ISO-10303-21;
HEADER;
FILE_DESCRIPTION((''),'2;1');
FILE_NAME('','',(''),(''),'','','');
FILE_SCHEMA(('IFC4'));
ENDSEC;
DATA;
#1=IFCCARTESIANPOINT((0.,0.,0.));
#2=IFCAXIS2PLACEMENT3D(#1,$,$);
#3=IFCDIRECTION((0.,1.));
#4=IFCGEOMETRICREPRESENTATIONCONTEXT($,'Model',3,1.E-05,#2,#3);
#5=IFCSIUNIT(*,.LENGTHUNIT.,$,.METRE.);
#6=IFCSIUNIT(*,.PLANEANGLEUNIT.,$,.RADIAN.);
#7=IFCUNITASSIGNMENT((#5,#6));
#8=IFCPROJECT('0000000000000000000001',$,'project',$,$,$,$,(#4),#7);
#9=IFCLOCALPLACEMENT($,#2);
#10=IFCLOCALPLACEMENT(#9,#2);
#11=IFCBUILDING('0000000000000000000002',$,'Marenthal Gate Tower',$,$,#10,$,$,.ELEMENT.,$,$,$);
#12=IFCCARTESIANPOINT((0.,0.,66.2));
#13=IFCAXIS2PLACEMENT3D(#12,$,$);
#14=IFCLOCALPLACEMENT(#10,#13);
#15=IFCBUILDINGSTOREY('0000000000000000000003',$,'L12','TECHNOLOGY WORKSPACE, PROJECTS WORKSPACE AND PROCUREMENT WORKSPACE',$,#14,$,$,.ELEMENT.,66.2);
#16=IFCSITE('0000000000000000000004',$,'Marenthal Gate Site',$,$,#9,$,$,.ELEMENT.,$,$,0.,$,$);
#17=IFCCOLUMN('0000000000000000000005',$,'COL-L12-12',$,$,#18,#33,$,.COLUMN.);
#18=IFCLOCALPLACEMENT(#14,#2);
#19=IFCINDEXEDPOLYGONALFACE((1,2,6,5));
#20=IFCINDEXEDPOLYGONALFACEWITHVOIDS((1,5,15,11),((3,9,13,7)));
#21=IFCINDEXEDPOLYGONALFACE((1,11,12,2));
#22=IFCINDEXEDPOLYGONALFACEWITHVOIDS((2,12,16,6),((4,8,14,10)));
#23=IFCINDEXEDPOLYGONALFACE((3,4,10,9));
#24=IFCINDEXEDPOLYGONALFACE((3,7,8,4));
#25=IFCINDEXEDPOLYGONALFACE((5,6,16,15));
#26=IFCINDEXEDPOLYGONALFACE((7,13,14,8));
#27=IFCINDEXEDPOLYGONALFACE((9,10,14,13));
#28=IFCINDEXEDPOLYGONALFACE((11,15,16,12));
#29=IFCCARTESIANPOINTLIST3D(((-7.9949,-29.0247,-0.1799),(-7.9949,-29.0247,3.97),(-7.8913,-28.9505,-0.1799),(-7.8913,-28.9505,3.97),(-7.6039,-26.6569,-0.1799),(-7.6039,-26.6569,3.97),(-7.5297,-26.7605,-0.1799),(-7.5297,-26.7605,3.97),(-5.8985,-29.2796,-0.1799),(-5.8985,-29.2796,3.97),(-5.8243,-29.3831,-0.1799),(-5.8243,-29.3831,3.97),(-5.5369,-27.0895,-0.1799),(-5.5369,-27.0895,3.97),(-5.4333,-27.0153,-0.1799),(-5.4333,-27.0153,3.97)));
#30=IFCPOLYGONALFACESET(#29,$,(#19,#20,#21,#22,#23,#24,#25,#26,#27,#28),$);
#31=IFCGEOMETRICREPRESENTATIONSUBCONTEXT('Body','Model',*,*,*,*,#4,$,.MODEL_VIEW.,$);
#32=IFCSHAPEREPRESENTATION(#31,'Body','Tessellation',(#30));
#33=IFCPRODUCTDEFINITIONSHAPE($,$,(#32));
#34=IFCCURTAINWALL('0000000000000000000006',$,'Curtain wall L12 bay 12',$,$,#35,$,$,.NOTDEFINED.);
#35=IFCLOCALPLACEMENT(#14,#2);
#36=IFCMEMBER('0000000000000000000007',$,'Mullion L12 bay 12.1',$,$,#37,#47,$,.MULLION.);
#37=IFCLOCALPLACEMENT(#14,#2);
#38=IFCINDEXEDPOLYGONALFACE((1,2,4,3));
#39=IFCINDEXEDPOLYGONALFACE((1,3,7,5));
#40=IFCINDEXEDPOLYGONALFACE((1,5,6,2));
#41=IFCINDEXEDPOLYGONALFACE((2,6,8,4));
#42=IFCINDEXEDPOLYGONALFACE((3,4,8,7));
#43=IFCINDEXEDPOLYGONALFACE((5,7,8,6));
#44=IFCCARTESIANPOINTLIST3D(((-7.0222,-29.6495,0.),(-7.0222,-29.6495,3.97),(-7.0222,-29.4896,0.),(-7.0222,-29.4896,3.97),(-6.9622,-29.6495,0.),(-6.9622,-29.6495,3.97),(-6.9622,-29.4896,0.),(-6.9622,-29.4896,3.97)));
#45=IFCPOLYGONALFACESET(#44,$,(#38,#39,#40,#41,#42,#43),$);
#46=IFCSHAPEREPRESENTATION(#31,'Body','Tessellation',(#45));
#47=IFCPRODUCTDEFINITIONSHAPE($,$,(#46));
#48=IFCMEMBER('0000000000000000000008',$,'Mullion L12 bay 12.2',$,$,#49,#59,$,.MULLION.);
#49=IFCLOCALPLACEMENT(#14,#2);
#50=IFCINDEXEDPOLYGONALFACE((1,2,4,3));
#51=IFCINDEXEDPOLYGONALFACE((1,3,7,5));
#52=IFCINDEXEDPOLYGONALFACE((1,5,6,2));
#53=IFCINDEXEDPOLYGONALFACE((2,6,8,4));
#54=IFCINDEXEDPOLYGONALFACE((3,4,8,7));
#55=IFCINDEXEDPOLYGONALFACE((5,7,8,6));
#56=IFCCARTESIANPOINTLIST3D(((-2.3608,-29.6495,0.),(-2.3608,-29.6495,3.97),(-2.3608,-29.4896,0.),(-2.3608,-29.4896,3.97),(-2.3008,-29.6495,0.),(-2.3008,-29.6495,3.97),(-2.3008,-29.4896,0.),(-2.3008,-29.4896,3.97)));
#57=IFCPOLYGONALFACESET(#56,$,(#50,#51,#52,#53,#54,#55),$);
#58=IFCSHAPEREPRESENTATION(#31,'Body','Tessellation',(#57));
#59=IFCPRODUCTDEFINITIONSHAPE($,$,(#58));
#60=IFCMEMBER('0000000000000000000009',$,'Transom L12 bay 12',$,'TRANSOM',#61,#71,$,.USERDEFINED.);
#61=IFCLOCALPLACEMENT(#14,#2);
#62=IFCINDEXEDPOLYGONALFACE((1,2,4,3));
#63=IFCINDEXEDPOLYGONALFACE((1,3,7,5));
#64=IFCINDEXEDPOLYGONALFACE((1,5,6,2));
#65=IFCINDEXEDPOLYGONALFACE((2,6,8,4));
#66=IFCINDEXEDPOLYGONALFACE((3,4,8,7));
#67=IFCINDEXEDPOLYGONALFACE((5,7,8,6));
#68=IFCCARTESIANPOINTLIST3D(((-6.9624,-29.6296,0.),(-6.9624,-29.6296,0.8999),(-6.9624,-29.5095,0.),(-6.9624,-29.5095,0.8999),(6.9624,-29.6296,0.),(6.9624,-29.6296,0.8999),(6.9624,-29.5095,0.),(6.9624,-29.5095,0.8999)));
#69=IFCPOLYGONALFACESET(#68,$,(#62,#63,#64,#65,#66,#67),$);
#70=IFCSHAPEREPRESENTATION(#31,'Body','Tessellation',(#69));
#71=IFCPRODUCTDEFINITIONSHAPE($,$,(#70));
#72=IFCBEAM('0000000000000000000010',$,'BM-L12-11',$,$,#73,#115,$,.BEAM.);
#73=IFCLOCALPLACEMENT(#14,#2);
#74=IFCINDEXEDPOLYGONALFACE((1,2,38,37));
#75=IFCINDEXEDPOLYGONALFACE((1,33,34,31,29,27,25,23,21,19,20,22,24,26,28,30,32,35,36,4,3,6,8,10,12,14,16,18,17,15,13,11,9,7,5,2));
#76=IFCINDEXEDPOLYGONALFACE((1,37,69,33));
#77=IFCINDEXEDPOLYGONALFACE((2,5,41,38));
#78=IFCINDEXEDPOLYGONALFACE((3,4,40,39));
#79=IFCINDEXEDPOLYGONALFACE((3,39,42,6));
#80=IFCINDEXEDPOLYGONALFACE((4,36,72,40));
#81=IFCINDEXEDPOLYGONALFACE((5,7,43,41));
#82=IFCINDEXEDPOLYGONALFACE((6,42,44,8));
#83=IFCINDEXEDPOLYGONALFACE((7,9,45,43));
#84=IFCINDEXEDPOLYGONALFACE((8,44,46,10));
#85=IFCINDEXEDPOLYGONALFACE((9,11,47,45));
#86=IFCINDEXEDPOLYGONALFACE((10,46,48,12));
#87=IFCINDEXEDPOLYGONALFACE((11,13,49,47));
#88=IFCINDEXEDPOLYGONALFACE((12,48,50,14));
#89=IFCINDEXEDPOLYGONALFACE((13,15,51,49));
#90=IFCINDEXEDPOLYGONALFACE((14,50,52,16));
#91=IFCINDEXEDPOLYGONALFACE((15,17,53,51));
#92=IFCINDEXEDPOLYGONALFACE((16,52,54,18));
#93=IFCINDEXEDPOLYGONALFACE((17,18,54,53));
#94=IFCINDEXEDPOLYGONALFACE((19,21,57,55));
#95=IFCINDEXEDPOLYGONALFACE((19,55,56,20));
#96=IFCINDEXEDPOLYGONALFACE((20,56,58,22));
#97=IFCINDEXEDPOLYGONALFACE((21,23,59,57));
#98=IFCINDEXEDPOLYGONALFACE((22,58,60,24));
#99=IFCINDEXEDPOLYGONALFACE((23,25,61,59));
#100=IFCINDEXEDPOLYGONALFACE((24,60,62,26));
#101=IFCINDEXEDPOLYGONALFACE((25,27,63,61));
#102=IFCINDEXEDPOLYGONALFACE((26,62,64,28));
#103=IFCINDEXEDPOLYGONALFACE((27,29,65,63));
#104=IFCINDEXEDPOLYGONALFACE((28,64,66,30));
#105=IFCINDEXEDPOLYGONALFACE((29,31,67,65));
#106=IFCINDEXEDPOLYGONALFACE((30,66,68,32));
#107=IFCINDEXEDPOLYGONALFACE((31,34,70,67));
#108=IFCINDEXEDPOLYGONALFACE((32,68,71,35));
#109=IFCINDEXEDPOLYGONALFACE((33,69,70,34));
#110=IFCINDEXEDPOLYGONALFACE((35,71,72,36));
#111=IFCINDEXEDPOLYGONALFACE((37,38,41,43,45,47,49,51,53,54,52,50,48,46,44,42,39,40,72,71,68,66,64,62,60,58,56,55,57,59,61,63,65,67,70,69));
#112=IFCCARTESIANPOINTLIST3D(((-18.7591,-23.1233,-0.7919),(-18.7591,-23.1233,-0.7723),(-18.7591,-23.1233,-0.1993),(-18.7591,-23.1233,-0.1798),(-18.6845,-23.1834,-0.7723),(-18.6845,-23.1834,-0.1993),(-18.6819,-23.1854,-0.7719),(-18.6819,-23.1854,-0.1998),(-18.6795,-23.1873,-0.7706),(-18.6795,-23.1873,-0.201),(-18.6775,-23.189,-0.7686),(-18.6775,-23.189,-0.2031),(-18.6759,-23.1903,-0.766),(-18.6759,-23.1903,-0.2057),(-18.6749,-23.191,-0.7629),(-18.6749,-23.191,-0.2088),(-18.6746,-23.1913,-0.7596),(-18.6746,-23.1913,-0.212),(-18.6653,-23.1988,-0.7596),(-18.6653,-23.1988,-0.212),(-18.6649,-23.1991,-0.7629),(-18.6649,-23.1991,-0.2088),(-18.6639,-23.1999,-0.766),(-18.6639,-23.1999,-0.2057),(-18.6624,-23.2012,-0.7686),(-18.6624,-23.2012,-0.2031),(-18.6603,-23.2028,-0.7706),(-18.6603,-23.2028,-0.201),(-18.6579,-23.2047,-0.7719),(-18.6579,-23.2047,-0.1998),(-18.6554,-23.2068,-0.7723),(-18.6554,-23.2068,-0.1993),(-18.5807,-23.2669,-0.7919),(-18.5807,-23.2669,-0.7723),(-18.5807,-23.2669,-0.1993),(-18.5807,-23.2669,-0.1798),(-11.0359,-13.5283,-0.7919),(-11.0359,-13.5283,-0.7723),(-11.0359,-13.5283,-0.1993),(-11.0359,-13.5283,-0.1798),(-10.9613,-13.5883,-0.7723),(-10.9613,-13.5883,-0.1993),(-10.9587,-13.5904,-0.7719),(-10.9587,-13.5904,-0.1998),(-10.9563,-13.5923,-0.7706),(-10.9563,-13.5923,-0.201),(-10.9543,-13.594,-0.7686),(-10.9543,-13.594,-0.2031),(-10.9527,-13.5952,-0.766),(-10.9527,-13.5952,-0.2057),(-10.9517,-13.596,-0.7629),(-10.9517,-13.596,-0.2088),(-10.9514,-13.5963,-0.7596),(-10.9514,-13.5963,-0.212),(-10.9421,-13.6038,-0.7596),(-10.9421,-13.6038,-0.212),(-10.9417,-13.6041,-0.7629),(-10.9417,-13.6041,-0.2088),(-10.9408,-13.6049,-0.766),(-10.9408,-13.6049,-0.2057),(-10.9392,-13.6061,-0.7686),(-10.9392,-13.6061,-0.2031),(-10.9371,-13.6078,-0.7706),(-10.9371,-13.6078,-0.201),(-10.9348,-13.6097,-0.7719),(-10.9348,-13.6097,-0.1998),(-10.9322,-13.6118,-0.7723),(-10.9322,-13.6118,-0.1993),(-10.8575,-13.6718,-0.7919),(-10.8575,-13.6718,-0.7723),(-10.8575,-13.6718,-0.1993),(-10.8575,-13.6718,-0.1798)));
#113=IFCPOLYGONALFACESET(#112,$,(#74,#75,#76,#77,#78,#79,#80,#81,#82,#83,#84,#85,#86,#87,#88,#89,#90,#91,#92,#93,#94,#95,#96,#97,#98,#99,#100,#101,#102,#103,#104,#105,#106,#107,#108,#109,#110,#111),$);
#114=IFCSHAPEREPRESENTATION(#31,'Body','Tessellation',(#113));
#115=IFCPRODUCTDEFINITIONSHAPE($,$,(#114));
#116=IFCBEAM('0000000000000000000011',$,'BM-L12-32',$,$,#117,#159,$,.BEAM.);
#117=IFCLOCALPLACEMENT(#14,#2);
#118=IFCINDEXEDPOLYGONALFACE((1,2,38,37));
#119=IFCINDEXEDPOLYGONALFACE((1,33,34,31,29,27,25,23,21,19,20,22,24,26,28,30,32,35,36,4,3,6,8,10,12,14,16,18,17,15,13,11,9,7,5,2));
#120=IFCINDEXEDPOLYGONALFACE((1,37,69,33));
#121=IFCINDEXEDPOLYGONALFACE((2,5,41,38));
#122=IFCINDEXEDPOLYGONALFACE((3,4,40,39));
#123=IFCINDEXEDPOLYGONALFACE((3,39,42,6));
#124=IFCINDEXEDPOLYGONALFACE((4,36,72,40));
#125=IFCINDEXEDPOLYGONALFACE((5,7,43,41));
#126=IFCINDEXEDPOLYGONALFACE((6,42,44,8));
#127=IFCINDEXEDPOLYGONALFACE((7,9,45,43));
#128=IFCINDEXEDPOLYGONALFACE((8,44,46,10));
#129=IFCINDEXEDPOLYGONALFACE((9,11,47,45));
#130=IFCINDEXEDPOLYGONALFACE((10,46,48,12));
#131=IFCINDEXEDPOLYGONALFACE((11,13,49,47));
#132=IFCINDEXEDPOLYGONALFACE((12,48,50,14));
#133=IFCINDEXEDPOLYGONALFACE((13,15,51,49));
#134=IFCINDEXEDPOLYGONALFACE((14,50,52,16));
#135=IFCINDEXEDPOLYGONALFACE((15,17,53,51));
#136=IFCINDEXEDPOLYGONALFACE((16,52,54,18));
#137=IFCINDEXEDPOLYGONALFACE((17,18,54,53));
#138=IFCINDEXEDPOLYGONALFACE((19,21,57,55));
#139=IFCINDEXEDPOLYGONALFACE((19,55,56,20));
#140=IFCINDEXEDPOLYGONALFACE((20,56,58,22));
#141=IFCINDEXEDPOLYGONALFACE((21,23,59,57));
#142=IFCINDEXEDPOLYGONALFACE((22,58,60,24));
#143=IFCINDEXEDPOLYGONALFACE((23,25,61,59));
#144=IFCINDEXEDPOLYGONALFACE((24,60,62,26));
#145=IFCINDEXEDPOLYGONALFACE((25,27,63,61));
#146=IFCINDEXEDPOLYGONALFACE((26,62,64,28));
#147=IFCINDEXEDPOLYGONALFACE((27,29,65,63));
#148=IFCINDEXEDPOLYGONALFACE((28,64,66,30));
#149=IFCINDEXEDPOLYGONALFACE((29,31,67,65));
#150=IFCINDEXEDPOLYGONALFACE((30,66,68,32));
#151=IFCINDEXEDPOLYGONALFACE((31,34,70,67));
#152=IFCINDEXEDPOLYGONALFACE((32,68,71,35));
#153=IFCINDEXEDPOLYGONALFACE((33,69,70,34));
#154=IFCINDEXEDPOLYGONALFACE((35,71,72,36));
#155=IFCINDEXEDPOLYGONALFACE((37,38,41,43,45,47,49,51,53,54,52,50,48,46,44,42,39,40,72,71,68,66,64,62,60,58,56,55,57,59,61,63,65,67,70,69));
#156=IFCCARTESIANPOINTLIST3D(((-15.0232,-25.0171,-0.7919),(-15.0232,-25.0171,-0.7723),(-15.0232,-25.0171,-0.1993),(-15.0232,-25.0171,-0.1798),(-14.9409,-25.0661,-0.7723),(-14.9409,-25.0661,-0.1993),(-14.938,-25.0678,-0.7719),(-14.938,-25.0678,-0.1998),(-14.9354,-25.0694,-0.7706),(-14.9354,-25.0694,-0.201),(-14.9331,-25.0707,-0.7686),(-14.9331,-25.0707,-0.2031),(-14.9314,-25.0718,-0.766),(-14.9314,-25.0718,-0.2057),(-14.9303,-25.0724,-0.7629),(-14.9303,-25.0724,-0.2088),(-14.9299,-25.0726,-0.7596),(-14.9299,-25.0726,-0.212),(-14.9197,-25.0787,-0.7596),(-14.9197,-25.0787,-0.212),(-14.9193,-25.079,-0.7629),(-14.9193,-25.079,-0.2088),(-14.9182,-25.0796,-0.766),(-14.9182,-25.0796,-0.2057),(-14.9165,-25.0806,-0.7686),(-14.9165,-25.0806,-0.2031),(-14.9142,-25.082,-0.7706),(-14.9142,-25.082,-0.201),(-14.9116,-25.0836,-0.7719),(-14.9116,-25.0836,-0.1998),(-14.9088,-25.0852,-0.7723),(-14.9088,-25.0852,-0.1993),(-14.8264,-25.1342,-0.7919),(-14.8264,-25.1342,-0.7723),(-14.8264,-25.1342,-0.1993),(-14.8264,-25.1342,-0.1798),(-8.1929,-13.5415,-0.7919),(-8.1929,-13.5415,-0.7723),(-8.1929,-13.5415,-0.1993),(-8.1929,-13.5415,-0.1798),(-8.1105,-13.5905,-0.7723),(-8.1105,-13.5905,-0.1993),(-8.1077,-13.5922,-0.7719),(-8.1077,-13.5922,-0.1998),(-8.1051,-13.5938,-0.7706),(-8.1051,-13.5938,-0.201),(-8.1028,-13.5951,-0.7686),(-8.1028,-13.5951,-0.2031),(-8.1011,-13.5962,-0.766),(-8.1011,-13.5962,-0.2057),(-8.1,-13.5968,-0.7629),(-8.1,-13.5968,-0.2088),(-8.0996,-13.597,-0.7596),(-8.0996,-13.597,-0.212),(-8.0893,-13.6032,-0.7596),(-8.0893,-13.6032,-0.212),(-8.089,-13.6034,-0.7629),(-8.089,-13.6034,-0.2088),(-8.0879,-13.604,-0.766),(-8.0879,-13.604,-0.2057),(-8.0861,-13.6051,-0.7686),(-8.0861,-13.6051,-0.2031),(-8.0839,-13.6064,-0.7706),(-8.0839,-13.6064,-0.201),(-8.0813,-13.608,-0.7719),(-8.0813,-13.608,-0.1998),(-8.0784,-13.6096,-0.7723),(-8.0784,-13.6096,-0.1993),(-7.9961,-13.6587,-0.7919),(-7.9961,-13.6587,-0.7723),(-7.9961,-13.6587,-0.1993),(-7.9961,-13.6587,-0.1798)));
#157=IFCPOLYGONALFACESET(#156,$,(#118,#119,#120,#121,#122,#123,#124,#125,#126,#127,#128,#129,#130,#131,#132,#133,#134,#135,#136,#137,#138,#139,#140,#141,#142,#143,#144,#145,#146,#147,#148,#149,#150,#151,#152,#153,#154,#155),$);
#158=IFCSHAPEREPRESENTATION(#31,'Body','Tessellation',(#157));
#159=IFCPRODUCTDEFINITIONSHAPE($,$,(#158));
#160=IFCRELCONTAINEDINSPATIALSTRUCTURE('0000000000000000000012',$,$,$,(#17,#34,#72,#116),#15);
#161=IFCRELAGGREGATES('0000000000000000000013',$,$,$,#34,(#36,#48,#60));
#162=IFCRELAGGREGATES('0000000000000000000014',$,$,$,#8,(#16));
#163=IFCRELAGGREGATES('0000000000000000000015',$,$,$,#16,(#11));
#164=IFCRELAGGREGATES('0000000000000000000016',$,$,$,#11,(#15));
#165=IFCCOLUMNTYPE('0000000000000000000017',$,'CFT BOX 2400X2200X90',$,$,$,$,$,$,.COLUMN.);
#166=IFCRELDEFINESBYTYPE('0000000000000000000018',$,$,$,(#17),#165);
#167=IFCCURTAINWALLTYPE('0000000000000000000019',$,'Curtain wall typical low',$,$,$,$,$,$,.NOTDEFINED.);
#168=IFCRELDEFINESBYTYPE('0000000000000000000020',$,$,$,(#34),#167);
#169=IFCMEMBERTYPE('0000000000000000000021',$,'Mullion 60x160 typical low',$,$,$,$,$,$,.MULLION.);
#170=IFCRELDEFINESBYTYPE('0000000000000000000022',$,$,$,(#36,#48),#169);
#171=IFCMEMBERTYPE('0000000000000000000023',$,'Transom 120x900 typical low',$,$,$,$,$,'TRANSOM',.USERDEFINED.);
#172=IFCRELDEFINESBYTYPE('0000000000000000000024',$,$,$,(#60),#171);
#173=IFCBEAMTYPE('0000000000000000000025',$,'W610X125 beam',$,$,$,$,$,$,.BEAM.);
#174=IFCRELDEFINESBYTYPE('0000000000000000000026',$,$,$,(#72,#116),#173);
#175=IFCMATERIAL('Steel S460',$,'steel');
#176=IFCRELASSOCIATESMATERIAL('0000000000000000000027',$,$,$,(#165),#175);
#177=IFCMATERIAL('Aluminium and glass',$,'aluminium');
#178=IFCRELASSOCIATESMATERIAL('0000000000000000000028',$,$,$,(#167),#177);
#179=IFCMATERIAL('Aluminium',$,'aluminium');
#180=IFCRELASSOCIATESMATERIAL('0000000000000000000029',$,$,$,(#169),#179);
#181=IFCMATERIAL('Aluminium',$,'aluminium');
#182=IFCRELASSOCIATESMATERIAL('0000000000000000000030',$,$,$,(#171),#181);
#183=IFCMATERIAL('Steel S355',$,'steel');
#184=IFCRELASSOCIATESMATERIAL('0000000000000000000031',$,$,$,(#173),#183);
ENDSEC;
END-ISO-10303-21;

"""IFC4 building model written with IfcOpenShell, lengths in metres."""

from ifc_helpers import new_model, si_unit, direction, frame, origin, origin_2d, place, context, subcontext, project, spatial, rectangle, hollow_rectangle, i_section, extrude, material, material_profile, profile_set, type_object, element, aggregate, save


model = new_model("IFC4")

# Units and contexts
model_context = context("Model", 3, precision=1e-05, world=origin(), true_north=direction((0.0, 1.0)))
body_context = subcontext(model_context, "Body", "Model", "MODEL_VIEW")
ifc_project = project(units=[si_unit("LENGTHUNIT", "METRE"), si_unit("PLANEANGLEUNIT", "RADIAN")], contexts=[model_context])

# Site, building, storey
site_placement = place(None, origin())
site = spatial("IfcSite", under=ifc_project, at=site_placement, Name="Marenthal Gate Site", CompositionType="ELEMENT", RefElevation=0.0)
building_placement = place(site_placement, origin())
building = spatial("IfcBuilding", under=site, at=building_placement, Name="Marenthal Gate Tower", CompositionType="ELEMENT")
storey_placement = place(building_placement, frame((0.0, 0.0, 66.2)))
storey = spatial("IfcBuildingStorey", under=building, at=storey_placement, Name="L12", Description="TECHNOLOGY WORKSPACE, PROJECTS WORKSPACE AND PROCUREMENT WORKSPACE", CompositionType="ELEMENT", Elevation=66.2)

# Column
ifc_material_1 = material(Name="Steel S460", Category="steel")
ifc_material_profile_1 = material_profile(ifc_material_1, hollow_rectangle(XDim=2.2, YDim=2.3999, WallThickness=0.0901, at=origin_2d()), Name="CFT BOX 2400X2200X90")
ifc_material_2 = material(Name="Concrete 70 MPa", Category="concrete")
ifc_material_profile_2 = material_profile(ifc_material_2, rectangle(XDim=2.02, YDim=2.22, at=origin_2d()), Name="CFT BOX 2400X2200X90 INFILL")
ifc_profile_set_1 = profile_set([ifc_material_profile_1, ifc_material_profile_2], Name="Steel S460 shell, Concrete 70 MPa infill")
column_type = type_object("IfcColumnType", Name="CFT BOX 2400X2200X90", PredefinedType="COLUMN", material=ifc_profile_set_1)
column_placement = place(storey_placement, frame((-6.7141, -28.02, -0.1799), z_axis=(0.0, 0.0, 1.0), x_axis=(-0.98664, 0.162918, 0.0)))
element("IfcColumn", 1, at=column_placement, inside=storey, type_object=column_type, Name="COL-L12-12", PredefinedType="COLUMN", context=body_context, shape_type="SweptSolid", body=[
    extrude(hollow_rectangle(XDim=2.2, YDim=2.3999, WallThickness=0.0901, at=origin_2d()), origin(), (0.0, 0.0, 1.0), 4.1499),
])

# Curtain wall, members
ifc_material_3 = material(Name="Aluminium and glass", Category="aluminium")
curtain_wall_type = type_object("IfcCurtainWallType", Name="Curtain wall typical low", PredefinedType="NOTDEFINED", material=ifc_material_3)
curtain_wall_placement = place(storey_placement, origin())
curtain_wall = element("IfcCurtainWall", 2, at=curtain_wall_placement, inside=storey, type_object=curtain_wall_type, Name="Curtain wall L12 bay 12", PredefinedType="NOTDEFINED")
ifc_material_4 = material(Name="Aluminium", Category="aluminium")
ifc_material_profile_3 = material_profile(ifc_material_4, rectangle(XDim=0.1599, YDim=0.0601, at=origin_2d()), Name="60x160 aluminium mullion")
ifc_profile_set_2 = profile_set([ifc_material_profile_3], Name="Aluminium")
member_type_1 = type_object("IfcMemberType", Name="Mullion 60x160 typical low", PredefinedType="MULLION", material=ifc_profile_set_2)
member_1_placement = place(storey_placement, frame((-6.9922, -29.5696, 0.0), z_axis=(0.0, 0.0, 1.0), x_axis=(0.0, 1.0, 0.0)))
member_1 = element("IfcMember", 3, at=member_1_placement, type_object=member_type_1, Name="Mullion L12 bay 12.1", PredefinedType="MULLION", context=body_context, shape_type="SweptSolid", body=[
    extrude(rectangle(XDim=0.1599, YDim=0.0601, at=origin_2d()), origin(), (0.0, 0.0, 1.0), 3.97),
])
member_2_placement = place(storey_placement, frame((-2.3308, -29.5696, 0.0), z_axis=(0.0, 0.0, 1.0), x_axis=(0.0, 1.0, 0.0)))
member_2 = element("IfcMember", 4, at=member_2_placement, type_object=member_type_1, Name="Mullion L12 bay 12.2", PredefinedType="MULLION", context=body_context, shape_type="SweptSolid", body=[
    extrude(rectangle(XDim=0.1599, YDim=0.0601, at=origin_2d()), origin(), (0.0, 0.0, 1.0), 3.97),
])
ifc_material_5 = material(Name="Aluminium", Category="aluminium")
ifc_material_profile_4 = material_profile(ifc_material_5, rectangle(XDim=0.1201, YDim=0.8999, at=origin_2d()), Name="120x900 aluminium transom")
ifc_profile_set_3 = profile_set([ifc_material_profile_4], Name="Aluminium")
member_type_2 = type_object("IfcMemberType", Name="Transom 120x900 typical low", ElementType="TRANSOM", PredefinedType="USERDEFINED", material=ifc_profile_set_3)
member_3_placement = place(storey_placement, frame((-6.9624, -29.5696, 0.45), z_axis=(1.0, 0.0, 0.0), x_axis=(0.0, 1.0, 0.0)))
member_3 = element("IfcMember", 5, at=member_3_placement, type_object=member_type_2, Name="Transom L12 bay 12", ObjectType="TRANSOM", PredefinedType="USERDEFINED", context=body_context, shape_type="SweptSolid", body=[
    extrude(rectangle(XDim=0.1201, YDim=0.8999, at=origin_2d()), origin(), (0.0, 0.0, 1.0), 13.9248),
])

# Beams
ifc_material_6 = material(Name="Steel S355", Category="steel")
ifc_material_profile_5 = material_profile(ifc_material_6, i_section(OverallWidth=0.229, OverallDepth=0.6121, WebThickness=0.012, FlangeThickness=0.0195, FilletRadius=0.0127, at=origin_2d()), Name="W610X125")
ifc_profile_set_4 = profile_set([ifc_material_profile_5], Name="Steel S355")
beam_type_1 = type_object("IfcBeamType", Name="W610X125 beam", PredefinedType="BEAM", material=ifc_profile_set_4)
beam_1_placement = place(storey_placement, frame((-18.6699, -23.1951, -0.4858), z_axis=(0.627027, 0.778997, 0.0), x_axis=(-0.778997, 0.627027, 0.0)))
element("IfcBeam", 6, at=beam_1_placement, inside=storey, type_object=beam_type_1, Name="BM-L12-11", PredefinedType="BEAM", context=body_context, shape_type="SweptSolid", body=[
    extrude(i_section(OverallWidth=0.229, OverallDepth=0.6121, WebThickness=0.012, FlangeThickness=0.0195, FilletRadius=0.0127, at=origin_2d()), origin(), (0.0, 0.0, 1.0), 12.3171),
])
beam_2_placement = place(storey_placement, frame((-14.9248, -25.0757, -0.4858), z_axis=(0.511463, 0.859306, 0.0), x_axis=(-0.859306, 0.511463, 0.0)))
element("IfcBeam", 7, at=beam_2_placement, inside=storey, type_object=beam_type_1, Name="BM-L12-32", PredefinedType="BEAM", context=body_context, shape_type="SweptSolid", body=[
    extrude(i_section(OverallWidth=0.229, OverallDepth=0.6121, WebThickness=0.012, FlangeThickness=0.0195, FilletRadius=0.0127, at=origin_2d()), origin(), (0.0, 0.0, 1.0), 13.3545),
])

aggregate(curtain_wall, [member_1, member_2, member_3])

save(model, "model.ifc")
